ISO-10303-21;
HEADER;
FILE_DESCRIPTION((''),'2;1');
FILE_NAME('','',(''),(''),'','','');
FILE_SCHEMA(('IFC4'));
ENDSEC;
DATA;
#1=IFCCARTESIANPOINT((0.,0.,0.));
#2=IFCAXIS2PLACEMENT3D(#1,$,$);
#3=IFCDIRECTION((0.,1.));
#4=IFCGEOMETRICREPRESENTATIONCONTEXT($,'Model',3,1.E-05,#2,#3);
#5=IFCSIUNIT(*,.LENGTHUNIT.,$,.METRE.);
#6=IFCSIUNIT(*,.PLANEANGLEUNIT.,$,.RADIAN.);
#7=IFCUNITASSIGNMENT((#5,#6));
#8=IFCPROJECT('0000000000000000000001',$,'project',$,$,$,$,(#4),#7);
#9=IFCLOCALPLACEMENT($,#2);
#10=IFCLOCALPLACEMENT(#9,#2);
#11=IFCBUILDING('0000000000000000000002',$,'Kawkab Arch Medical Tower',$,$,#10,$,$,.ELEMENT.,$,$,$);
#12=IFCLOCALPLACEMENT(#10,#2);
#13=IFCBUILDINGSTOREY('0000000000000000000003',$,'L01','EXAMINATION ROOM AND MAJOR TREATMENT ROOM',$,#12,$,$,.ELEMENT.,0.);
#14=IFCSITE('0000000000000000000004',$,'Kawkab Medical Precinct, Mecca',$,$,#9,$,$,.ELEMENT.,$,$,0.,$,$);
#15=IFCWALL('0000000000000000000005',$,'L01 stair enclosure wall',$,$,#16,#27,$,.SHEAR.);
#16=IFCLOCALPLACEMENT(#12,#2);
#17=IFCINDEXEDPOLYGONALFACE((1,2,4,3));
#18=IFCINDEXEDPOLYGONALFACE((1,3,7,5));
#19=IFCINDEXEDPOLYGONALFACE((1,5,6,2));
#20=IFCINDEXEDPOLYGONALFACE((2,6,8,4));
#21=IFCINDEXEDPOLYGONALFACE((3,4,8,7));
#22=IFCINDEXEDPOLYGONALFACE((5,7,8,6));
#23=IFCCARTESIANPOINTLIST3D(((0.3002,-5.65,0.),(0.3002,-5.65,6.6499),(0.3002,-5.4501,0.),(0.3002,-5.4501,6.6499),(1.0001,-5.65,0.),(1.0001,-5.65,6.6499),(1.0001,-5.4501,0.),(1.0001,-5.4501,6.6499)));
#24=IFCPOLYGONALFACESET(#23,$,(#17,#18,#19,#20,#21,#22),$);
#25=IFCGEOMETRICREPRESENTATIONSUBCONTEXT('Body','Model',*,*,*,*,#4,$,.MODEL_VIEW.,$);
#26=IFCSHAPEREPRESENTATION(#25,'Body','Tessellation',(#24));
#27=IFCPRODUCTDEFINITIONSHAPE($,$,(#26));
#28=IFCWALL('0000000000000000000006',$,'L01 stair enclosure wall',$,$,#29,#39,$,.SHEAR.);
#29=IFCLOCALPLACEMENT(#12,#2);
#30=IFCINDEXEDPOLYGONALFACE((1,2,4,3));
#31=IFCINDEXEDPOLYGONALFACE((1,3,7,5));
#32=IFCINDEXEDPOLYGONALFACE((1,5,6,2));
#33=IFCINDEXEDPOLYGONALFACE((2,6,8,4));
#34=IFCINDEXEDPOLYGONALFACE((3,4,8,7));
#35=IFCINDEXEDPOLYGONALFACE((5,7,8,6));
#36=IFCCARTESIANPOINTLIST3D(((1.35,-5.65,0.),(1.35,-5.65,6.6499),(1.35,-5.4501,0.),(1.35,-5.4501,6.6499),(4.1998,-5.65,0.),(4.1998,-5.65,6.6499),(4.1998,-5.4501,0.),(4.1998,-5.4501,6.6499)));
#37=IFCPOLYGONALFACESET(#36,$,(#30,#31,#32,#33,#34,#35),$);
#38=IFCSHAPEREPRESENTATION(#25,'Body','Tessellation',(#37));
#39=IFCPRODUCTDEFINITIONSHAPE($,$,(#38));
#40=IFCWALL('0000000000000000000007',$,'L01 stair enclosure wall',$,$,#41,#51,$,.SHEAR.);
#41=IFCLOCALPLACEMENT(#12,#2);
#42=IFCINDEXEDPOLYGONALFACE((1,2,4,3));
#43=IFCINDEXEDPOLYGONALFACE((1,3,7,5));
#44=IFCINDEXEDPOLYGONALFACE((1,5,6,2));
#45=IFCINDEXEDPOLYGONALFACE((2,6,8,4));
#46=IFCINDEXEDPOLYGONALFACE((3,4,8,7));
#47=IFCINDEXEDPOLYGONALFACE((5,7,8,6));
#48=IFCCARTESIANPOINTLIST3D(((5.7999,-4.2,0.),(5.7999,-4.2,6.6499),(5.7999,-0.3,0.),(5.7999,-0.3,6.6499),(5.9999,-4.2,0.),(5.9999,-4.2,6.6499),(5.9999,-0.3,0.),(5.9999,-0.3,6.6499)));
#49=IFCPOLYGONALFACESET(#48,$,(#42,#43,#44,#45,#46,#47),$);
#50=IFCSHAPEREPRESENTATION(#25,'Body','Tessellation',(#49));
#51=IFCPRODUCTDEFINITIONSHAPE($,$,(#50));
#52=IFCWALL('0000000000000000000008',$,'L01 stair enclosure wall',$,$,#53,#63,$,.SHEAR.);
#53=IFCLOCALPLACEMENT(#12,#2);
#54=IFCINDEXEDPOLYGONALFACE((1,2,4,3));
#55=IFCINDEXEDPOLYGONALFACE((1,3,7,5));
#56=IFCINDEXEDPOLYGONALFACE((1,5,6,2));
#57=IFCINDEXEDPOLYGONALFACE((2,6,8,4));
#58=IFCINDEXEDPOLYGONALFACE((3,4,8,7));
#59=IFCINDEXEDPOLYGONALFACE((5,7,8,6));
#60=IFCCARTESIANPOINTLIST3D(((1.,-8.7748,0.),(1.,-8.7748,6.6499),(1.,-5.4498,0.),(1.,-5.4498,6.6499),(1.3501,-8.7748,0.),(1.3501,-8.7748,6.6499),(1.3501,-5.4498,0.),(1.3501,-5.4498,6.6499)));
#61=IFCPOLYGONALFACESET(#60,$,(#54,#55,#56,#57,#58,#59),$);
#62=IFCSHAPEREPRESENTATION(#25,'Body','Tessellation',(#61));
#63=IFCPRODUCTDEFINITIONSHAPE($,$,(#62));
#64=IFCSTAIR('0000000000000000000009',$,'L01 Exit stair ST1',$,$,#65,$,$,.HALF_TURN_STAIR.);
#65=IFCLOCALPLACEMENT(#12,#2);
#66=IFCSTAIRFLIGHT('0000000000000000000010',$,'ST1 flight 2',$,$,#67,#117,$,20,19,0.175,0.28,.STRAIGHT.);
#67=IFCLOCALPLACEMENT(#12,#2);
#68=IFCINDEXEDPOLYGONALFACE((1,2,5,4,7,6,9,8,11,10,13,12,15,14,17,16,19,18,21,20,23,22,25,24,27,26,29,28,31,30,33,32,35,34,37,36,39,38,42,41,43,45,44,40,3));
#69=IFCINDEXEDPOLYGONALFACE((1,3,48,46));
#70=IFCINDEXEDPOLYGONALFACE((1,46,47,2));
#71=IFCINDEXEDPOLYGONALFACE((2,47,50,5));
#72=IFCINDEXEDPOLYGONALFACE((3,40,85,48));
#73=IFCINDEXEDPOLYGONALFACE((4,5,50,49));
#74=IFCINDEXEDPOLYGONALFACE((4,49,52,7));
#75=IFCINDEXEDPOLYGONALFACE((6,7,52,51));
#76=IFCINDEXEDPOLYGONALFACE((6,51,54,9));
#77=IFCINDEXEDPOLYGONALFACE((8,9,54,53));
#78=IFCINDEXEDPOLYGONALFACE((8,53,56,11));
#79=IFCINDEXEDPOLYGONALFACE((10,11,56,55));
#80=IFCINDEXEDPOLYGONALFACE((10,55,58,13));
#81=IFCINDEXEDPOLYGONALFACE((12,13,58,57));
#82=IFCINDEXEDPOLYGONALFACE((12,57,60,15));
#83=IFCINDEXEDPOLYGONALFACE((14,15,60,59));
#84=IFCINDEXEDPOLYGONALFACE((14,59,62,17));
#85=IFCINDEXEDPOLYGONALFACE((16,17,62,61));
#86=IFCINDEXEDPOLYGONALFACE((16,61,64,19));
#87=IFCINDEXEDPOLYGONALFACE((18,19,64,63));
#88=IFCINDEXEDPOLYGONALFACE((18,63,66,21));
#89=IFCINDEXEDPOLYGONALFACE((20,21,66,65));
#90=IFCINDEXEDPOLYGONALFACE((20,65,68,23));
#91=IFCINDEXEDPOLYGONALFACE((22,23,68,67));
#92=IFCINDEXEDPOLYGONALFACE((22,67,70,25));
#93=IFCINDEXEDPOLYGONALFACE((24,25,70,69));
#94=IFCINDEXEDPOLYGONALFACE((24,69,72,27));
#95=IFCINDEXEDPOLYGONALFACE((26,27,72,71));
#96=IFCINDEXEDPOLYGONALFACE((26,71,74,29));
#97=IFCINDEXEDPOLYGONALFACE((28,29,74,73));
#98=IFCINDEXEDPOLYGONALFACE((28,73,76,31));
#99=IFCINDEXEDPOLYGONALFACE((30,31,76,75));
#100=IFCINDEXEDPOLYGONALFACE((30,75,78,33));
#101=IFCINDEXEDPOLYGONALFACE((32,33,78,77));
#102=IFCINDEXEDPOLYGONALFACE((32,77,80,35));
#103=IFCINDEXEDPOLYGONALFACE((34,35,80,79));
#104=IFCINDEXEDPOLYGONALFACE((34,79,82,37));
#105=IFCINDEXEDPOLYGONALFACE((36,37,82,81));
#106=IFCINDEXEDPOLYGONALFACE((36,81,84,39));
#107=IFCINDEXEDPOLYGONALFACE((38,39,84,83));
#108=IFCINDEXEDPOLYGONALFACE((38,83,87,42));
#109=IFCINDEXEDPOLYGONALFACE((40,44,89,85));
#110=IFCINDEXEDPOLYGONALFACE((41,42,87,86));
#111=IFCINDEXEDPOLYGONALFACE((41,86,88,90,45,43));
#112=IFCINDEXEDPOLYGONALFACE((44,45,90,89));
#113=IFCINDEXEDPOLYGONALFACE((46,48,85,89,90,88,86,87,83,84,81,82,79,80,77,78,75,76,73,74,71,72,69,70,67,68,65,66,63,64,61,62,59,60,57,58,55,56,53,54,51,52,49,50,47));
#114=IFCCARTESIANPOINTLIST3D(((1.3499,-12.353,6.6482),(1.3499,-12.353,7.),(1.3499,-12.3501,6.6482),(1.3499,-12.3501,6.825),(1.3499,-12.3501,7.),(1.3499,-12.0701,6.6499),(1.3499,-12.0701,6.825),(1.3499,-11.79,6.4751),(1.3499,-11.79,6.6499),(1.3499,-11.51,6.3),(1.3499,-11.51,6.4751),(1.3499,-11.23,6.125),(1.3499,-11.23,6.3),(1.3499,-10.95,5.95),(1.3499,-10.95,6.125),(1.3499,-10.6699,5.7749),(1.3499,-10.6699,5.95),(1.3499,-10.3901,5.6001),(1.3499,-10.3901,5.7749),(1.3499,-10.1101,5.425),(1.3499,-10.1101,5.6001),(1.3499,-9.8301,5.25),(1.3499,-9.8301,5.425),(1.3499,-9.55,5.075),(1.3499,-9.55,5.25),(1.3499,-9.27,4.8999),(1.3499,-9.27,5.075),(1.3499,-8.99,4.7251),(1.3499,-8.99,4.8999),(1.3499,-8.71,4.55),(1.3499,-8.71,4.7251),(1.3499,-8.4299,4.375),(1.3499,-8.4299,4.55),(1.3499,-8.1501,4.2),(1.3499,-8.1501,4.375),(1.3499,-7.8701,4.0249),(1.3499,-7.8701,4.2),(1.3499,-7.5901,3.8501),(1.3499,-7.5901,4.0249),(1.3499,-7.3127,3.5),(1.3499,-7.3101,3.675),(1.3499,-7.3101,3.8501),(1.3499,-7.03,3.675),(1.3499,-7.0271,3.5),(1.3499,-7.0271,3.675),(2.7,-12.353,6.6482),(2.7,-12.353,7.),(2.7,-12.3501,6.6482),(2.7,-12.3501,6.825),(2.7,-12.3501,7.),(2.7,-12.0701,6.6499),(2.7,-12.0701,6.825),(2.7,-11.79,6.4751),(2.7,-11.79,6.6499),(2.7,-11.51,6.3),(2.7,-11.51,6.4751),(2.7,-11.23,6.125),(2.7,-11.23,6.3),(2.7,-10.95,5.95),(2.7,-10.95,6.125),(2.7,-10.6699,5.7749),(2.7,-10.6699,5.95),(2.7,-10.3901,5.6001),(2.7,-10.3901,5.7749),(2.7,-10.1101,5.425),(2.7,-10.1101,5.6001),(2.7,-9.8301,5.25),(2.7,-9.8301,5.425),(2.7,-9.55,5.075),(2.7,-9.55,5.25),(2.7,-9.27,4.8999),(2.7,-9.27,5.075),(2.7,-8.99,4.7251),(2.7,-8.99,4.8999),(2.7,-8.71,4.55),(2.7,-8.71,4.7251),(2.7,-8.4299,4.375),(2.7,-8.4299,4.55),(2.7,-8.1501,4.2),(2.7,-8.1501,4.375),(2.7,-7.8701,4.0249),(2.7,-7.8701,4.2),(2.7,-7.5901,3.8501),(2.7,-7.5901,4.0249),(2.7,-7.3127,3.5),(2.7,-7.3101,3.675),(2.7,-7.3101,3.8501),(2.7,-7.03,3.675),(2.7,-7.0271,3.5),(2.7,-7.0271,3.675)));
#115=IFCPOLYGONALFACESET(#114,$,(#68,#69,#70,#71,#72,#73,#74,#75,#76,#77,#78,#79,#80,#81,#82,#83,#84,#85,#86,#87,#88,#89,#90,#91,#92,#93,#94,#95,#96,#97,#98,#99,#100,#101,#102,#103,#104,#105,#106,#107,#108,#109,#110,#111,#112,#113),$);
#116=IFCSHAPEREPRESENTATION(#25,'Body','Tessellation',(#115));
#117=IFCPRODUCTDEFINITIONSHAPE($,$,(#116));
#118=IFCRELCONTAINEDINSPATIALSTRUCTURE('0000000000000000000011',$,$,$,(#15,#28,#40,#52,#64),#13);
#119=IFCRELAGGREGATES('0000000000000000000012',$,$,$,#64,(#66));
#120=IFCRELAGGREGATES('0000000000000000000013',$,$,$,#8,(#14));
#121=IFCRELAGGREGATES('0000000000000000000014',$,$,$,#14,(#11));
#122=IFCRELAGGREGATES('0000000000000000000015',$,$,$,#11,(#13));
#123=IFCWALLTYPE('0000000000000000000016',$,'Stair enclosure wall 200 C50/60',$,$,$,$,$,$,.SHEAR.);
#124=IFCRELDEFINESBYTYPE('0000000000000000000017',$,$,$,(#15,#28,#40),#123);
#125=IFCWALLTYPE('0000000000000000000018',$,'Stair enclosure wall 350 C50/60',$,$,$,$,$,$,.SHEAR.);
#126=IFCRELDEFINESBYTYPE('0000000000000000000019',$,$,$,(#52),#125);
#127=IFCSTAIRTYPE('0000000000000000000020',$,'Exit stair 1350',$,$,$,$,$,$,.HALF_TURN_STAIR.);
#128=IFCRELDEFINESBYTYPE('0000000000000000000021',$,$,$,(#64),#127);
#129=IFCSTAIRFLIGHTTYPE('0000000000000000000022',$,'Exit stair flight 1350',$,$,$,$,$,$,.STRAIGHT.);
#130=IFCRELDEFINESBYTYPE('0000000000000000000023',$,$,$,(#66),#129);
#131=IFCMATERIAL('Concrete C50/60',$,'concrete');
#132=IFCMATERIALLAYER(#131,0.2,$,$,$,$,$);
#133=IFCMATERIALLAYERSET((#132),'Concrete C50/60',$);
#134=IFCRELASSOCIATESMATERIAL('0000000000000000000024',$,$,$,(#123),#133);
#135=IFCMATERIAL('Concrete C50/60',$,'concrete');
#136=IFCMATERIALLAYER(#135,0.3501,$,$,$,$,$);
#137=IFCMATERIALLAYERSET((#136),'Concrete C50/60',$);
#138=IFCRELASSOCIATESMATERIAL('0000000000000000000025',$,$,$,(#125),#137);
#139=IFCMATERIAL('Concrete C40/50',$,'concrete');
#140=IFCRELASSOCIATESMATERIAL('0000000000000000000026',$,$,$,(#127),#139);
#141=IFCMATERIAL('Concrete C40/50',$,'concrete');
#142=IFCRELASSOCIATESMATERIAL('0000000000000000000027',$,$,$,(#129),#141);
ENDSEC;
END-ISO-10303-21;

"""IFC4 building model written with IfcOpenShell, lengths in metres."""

from ifc_helpers import new_model, si_unit, direction, frame, frame_2d, origin, place, context, subcontext, project, spatial, polyline, rectangle, outline, extrude, material, layer, layer_set, type_object, element, aggregate, save


model = new_model("IFC4")

# Units and contexts
model_context = context("Model", 3, precision=1e-05, world=origin(), true_north=direction((0.0, 1.0)))
body_context = subcontext(model_context, "Body", "Model", "MODEL_VIEW")
ifc_project = project(units=[si_unit("LENGTHUNIT", "METRE"), si_unit("PLANEANGLEUNIT", "RADIAN")], contexts=[model_context])

# Site, building, storey
site_placement = place(None, origin())
site = spatial("IfcSite", under=ifc_project, at=site_placement, Name="Kawkab Medical Precinct, Mecca", CompositionType="ELEMENT", RefElevation=0.0)
building_placement = place(site_placement, origin())
building = spatial("IfcBuilding", under=site, at=building_placement, Name="Kawkab Arch Medical Tower", CompositionType="ELEMENT")
storey_placement = place(building_placement, origin())
storey = spatial("IfcBuildingStorey", under=building, at=storey_placement, Name="L01", Description="EXAMINATION ROOM AND MAJOR TREATMENT ROOM", CompositionType="ELEMENT", Elevation=0.0)

# Walls
ifc_material_1 = material(Name="Concrete C50/60", Category="concrete")
ifc_layer_1 = layer(ifc_material_1, 0.2)
ifc_layer_set_1 = layer_set([ifc_layer_1], Name="Concrete C50/60")
wall_type_1 = type_object("IfcWallType", Name="Stair enclosure wall 200 C50/60", PredefinedType="SHEAR", material=ifc_layer_set_1)
wall_1_placement = place(storey_placement, frame((0.3, -5.55, 0.0), z_axis=(0.0, 0.0, 1.0), x_axis=(1.0, 0.0, 0.0)))
element("IfcWall", 1, at=wall_1_placement, inside=storey, type_object=wall_type_1, Name="L01 stair enclosure wall", PredefinedType="SHEAR", context=body_context, shape_type="SweptSolid", body=[
    extrude(rectangle(XDim=0.7, YDim=0.2, at=frame_2d((0.3501, 0.0))), origin(), (0.0, 0.0, 1.0), 6.6499),
])
wall_2_placement = place(storey_placement, frame((1.3501, -5.55, 0.0), z_axis=(0.0, 0.0, 1.0), x_axis=(1.0, 0.0, 0.0)))
element("IfcWall", 2, at=wall_2_placement, inside=storey, type_object=wall_type_1, Name="L01 stair enclosure wall", PredefinedType="SHEAR", context=body_context, shape_type="SweptSolid", body=[
    extrude(rectangle(XDim=2.8499, YDim=0.2, at=frame_2d((1.4248, 0.0))), origin(), (0.0, 0.0, 1.0), 6.6499),
])
wall_3_placement = place(storey_placement, frame((5.8999, -4.2, 0.0), z_axis=(0.0, 0.0, 1.0), x_axis=(0.0, 1.0, 0.0)))
element("IfcWall", 3, at=wall_3_placement, inside=storey, type_object=wall_type_1, Name="L01 stair enclosure wall", PredefinedType="SHEAR", context=body_context, shape_type="SweptSolid", body=[
    extrude(rectangle(XDim=3.8999, YDim=0.2, at=frame_2d((1.95, 0.0))), origin(), (0.0, 0.0, 1.0), 6.6499),
])
ifc_material_2 = material(Name="Concrete C50/60", Category="concrete")
ifc_layer_2 = layer(ifc_material_2, 0.3501)
ifc_layer_set_2 = layer_set([ifc_layer_2], Name="Concrete C50/60")
wall_type_2 = type_object("IfcWallType", Name="Stair enclosure wall 350 C50/60", PredefinedType="SHEAR", material=ifc_layer_set_2)
wall_4_placement = place(storey_placement, frame((1.175, -8.7749, 0.0), z_axis=(0.0, 0.0, 1.0), x_axis=(0.0, 1.0, 0.0)))
element("IfcWall", 4, at=wall_4_placement, inside=storey, type_object=wall_type_2, Name="L01 stair enclosure wall", PredefinedType="SHEAR", context=body_context, shape_type="SweptSolid", body=[
    extrude(rectangle(XDim=3.325, YDim=0.3501, at=frame_2d((1.6626, 0.0))), origin(), (0.0, 0.0, 1.0), 6.6499),
])

# Stair, stair flight
ifc_material_3 = material(Name="Concrete C40/50", Category="concrete")
stair_type = type_object("IfcStairType", Name="Exit stair 1350", PredefinedType="HALF_TURN_STAIR", material=ifc_material_3)
stair_placement = place(storey_placement, origin())
stair = element("IfcStair", 5, at=stair_placement, inside=storey, type_object=stair_type, Name="L01 Exit stair ST1", PredefinedType="HALF_TURN_STAIR")
ifc_material_4 = material(Name="Concrete C40/50", Category="concrete")
stair_flight_type = type_object("IfcStairFlightType", Name="Exit stair flight 1350", PredefinedType="STRAIGHT", material=ifc_material_4)
stair_flight_placement = place(storey_placement, frame((2.0249, -7.03, 3.5), z_axis=(0.0, 0.0, 1.0), x_axis=(0.0, -1.0, 0.0)))
stair_flight = element("IfcStairFlight", 6, at=stair_flight_placement, type_object=stair_flight_type, Name="ST1 flight 2", NumberOfRisers=20, NumberOfTreads=19, PredefinedType="STRAIGHT", RiserHeight=0.175, TreadLength=0.28, context=body_context, shape_type="SweptSolid", body=[
    extrude(outline(polyline([(-0.0029, 0.0), (-0.0029, 0.175), (0.0, 0.175), (0.28, 0.175), (0.28, 0.3501), (0.5601, 0.3501), (0.5601, 0.5249), (0.8401, 0.5249), (0.8401, 0.7), (1.1201, 0.7), (1.1201, 0.875), (1.3999, 0.875), (1.3999, 1.05), (1.6799, 1.05), (1.6799, 1.2251), (1.96, 1.2251), (1.96, 1.3999), (2.24, 1.3999), (2.24, 1.575), (2.52, 1.575), (2.52, 1.75), (2.8, 1.75), (2.8, 1.925), (3.0801, 1.925), (3.0801, 2.1001), (3.3601, 2.1001), (3.3601, 2.2749), (3.6399, 2.2749), (3.6399, 2.45), (3.9199, 2.45), (3.9199, 2.625), (4.2, 2.625), (4.2, 2.8), (4.48, 2.8), (4.48, 2.9751), (4.76, 2.9751), (4.76, 3.1499), (5.04, 3.1499), (5.04, 3.325), (5.3201, 3.325), (5.3201, 3.5), (5.323, 3.5), (5.323, 3.1482), (5.3201, 3.1482), (0.2827, 0.0), (-0.0029, 0.0)])), frame((0.0, 0.675, 0.0), z_axis=(0.0, -1.0, 0.0), x_axis=(1.0, 0.0, 0.0)), (0.0, 0.0, 1.0), 1.3501),
])
aggregate(stair, [stair_flight])

save(model, "model.ifc")
